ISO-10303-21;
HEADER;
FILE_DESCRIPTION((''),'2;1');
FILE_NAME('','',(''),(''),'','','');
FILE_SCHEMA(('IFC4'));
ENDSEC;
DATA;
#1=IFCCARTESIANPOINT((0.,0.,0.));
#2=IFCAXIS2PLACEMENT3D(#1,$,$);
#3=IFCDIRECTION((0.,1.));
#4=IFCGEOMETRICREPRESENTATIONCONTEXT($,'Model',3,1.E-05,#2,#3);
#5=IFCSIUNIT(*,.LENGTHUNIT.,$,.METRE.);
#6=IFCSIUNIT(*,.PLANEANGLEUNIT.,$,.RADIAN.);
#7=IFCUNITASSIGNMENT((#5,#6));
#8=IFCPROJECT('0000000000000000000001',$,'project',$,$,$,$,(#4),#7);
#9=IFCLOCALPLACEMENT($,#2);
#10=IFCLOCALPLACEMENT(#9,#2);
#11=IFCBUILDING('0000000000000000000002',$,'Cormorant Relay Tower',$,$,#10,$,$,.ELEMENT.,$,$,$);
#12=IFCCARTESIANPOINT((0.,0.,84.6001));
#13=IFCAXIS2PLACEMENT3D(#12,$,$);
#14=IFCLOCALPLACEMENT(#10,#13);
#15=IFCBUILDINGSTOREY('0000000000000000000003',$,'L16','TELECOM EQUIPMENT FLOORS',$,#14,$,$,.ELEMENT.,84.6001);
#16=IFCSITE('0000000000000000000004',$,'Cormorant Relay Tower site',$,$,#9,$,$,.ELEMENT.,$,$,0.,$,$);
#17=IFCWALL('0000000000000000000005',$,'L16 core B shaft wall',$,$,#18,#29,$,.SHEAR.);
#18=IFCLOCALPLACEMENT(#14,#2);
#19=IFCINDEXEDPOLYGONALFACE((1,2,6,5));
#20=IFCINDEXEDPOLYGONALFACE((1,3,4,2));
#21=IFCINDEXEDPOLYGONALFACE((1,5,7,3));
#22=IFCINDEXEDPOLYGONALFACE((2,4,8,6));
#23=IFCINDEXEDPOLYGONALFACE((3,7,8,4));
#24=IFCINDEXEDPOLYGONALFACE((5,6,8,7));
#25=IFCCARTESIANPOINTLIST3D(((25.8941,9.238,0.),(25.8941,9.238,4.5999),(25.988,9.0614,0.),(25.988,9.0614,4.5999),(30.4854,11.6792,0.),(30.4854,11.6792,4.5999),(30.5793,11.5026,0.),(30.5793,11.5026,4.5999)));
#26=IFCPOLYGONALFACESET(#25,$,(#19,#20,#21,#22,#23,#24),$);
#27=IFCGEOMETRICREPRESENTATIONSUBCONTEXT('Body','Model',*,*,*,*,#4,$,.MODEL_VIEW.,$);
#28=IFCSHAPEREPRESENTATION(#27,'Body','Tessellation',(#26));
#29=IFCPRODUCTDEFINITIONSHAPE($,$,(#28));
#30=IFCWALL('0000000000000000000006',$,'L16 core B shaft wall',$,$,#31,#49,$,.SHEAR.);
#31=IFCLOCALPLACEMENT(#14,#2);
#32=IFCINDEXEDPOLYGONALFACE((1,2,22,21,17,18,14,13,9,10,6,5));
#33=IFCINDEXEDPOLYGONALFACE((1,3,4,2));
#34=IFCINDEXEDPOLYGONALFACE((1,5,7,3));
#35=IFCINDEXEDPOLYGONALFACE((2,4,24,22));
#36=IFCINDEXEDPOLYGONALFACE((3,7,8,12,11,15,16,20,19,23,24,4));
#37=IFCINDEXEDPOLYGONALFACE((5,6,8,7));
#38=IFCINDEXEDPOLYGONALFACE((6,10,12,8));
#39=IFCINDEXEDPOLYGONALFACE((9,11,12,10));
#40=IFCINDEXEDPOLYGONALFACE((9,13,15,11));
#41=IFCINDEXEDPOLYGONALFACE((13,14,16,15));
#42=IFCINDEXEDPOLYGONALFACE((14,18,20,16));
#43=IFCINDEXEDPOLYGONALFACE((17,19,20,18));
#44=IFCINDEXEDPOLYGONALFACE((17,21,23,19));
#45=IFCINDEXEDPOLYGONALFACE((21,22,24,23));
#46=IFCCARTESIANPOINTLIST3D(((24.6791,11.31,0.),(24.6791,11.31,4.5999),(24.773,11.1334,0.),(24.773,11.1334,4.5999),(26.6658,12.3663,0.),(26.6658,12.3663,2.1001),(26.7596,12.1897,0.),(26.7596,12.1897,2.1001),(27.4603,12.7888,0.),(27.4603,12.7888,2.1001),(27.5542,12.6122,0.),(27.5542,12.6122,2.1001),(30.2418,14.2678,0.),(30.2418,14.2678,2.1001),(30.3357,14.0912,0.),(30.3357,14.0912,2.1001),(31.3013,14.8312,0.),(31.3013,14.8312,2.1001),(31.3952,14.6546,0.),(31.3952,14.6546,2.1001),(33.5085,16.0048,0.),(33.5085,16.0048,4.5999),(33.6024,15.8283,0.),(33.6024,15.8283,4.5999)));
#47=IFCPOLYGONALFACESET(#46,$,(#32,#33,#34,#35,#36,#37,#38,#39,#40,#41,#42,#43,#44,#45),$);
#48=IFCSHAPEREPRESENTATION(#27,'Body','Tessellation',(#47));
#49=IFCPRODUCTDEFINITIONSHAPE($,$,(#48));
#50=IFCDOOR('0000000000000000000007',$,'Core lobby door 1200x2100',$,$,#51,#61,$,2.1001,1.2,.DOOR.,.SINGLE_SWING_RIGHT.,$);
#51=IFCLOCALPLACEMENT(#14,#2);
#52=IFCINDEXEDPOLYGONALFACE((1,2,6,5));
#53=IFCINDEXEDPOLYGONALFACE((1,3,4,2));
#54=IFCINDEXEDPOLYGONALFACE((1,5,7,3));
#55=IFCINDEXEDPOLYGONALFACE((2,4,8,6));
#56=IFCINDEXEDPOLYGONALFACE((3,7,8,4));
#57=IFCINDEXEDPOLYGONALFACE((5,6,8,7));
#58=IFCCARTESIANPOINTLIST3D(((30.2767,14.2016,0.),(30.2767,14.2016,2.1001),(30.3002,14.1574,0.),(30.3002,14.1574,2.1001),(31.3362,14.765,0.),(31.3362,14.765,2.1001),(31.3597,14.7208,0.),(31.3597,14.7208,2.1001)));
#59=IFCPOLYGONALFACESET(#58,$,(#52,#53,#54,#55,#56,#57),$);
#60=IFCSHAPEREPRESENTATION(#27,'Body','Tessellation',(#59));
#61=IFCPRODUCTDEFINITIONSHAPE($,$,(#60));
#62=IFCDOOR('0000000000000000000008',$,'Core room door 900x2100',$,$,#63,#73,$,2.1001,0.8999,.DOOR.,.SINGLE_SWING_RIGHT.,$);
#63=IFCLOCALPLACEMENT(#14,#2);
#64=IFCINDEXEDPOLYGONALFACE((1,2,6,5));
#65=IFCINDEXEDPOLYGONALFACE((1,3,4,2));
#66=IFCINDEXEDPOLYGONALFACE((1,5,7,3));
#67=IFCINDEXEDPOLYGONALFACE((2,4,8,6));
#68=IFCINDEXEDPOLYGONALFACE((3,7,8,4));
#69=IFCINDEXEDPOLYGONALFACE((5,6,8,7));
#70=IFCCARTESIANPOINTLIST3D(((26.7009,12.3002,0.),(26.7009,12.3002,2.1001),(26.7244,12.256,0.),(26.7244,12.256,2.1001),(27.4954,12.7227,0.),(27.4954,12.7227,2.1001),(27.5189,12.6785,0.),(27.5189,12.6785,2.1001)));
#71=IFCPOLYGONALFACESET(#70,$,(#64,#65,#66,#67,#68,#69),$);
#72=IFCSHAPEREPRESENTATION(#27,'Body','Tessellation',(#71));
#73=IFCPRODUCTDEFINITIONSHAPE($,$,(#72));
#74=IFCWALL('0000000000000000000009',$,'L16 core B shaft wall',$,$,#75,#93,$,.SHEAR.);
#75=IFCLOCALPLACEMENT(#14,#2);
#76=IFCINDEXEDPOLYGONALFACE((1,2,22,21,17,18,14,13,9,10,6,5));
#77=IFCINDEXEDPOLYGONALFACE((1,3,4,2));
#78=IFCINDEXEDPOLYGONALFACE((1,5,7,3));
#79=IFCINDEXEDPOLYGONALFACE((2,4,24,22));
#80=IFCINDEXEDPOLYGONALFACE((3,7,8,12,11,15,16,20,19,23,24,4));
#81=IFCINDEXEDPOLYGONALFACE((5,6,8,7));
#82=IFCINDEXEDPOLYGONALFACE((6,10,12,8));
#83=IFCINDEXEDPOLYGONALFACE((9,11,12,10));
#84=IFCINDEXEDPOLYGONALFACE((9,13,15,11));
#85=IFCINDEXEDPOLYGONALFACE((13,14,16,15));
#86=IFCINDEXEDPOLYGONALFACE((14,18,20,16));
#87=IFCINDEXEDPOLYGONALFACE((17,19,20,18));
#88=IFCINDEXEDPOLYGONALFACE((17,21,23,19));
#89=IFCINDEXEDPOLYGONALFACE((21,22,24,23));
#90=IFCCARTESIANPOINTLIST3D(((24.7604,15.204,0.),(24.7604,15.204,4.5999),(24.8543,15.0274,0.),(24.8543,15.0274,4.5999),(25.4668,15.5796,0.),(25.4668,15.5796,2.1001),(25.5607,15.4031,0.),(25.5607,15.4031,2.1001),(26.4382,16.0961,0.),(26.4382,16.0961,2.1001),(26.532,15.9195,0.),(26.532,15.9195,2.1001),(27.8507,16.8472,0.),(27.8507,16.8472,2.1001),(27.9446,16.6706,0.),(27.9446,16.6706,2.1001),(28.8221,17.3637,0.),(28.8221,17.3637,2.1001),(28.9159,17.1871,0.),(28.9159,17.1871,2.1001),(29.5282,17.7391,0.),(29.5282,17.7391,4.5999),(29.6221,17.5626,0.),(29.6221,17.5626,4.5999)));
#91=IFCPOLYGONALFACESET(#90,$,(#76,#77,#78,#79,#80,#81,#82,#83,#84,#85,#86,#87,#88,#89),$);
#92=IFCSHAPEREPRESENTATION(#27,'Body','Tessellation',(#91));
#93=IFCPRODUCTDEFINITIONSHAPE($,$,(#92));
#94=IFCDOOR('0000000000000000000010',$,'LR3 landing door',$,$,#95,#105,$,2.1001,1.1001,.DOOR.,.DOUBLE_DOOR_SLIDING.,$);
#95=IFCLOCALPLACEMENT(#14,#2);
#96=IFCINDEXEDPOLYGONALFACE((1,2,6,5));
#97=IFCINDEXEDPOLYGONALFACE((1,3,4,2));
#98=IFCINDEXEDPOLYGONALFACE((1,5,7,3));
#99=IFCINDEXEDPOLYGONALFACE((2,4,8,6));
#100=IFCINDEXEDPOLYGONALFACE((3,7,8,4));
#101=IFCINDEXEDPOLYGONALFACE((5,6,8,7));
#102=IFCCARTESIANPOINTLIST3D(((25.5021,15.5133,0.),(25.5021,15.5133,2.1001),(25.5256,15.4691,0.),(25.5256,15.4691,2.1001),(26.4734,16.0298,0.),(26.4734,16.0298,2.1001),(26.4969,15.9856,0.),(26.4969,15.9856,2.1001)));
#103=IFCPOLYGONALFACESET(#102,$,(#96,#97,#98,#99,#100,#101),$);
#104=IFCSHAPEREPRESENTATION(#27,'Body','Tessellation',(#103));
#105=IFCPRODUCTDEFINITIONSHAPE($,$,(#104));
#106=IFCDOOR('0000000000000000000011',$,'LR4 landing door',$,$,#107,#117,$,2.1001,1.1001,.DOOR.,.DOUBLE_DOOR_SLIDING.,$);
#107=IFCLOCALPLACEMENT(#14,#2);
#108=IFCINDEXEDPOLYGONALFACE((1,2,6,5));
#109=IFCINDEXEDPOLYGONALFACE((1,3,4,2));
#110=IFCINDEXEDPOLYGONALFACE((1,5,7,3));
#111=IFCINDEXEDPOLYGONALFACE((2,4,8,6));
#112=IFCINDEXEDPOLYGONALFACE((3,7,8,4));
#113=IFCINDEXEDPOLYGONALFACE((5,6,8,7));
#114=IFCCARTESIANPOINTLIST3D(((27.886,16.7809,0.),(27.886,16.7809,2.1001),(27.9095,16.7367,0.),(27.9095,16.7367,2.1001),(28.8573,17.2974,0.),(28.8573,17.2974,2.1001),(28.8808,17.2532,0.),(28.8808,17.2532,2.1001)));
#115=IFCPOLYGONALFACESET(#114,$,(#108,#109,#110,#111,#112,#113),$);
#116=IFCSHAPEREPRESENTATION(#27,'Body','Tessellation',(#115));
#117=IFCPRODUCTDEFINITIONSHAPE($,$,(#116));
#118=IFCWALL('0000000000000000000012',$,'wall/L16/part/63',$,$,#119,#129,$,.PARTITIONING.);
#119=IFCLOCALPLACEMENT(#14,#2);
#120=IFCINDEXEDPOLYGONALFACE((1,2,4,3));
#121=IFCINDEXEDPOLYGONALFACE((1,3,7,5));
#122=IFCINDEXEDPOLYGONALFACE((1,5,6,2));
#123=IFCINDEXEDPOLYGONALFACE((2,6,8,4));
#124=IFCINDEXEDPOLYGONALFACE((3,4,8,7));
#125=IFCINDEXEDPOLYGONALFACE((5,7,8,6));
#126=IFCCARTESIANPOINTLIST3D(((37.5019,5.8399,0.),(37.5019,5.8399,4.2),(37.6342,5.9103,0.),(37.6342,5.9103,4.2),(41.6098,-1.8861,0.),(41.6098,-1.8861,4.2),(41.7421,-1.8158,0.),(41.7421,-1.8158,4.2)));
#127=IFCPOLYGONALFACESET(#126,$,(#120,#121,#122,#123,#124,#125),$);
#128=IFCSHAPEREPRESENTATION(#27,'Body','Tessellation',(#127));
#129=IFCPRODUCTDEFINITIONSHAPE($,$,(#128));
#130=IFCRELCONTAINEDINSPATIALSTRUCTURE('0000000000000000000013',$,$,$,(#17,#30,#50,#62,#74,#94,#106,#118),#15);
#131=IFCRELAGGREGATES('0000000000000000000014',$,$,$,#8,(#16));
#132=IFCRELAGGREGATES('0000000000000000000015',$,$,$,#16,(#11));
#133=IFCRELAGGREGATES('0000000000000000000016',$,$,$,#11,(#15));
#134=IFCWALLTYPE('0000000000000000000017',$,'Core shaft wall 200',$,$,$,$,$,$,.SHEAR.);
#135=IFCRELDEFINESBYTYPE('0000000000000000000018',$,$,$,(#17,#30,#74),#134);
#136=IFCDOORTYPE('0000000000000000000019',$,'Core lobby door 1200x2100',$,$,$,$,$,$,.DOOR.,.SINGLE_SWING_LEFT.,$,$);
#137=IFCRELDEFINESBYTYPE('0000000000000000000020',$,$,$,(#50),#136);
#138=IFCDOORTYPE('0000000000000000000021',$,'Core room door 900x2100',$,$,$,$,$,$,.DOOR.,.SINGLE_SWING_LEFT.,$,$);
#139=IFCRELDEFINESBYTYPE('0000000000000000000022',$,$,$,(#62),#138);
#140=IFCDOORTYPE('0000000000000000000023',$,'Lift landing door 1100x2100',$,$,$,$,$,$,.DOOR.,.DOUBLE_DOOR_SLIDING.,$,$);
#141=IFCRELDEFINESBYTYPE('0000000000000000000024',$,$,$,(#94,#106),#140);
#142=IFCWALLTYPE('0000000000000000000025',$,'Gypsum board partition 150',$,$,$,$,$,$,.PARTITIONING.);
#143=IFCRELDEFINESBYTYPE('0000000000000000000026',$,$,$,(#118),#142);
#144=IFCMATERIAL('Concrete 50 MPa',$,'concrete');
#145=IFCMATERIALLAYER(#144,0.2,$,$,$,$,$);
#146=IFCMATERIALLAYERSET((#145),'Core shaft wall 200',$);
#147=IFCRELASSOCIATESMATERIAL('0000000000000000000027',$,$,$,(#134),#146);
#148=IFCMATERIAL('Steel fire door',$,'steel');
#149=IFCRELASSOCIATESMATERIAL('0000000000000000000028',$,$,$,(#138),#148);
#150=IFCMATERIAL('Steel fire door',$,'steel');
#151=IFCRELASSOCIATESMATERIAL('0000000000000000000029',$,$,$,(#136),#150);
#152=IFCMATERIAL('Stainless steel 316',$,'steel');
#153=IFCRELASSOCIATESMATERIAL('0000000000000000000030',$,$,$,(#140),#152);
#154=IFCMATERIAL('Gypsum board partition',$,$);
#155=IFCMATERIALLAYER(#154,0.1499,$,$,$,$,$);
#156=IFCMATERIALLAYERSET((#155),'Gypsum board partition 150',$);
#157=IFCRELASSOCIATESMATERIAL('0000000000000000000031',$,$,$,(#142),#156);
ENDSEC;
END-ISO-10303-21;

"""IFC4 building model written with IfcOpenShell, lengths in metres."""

from ifc_helpers import new_model, si_unit, direction, frame, frame_2d, origin, place, context, subcontext, project, spatial, rectangle, extrude, material, layer, layer_set, type_object, element, fill, save


model = new_model("IFC4")

# Units and contexts
model_context = context("Model", 3, precision=1e-05, world=origin(), true_north=direction((0.0, 1.0)))
body_context = subcontext(model_context, "Body", "Model", "MODEL_VIEW")
ifc_project = project(units=[si_unit("LENGTHUNIT", "METRE"), si_unit("PLANEANGLEUNIT", "RADIAN")], contexts=[model_context])

# Site, building, storey
site_placement = place(None, origin())
site = spatial("IfcSite", under=ifc_project, at=site_placement, Name="Cormorant Relay Tower site", CompositionType="ELEMENT", RefElevation=0.0)
building_placement = place(site_placement, origin())
building = spatial("IfcBuilding", under=site, at=building_placement, Name="Cormorant Relay Tower", CompositionType="ELEMENT")
storey_placement = place(building_placement, frame((0.0, 0.0, 84.6001)))
storey = spatial("IfcBuildingStorey", under=building, at=storey_placement, Name="L16", Description="TELECOM EQUIPMENT FLOORS", CompositionType="ELEMENT", Elevation=84.6001)

# Shared definitions
ifc_material_1 = material(Name="Concrete 50 MPa", Category="concrete")
ifc_layer_1 = layer(ifc_material_1, 0.2)
ifc_layer_set_1 = layer_set([ifc_layer_1], Name="Core shaft wall 200")
wall_type_1 = type_object("IfcWallType", Name="Core shaft wall 200", PredefinedType="SHEAR", material=ifc_layer_set_1)
ifc_material_2 = material(Name="Steel fire door", Category="steel")
door_type_1 = type_object("IfcDoorType", Name="Core room door 900x2100", OperationType="SINGLE_SWING_LEFT", PredefinedType="DOOR", material=ifc_material_2)

# Wall
wall_1_placement = place(storey_placement, frame((25.9409, 9.1497, 0.0), z_axis=(0.0, 0.0, 1.0), x_axis=(0.882954, 0.46946, 0.0)))
element("IfcWall", 1, at=wall_1_placement, inside=storey, type_object=wall_type_1, Name="L16 core B shaft wall", PredefinedType="SHEAR", context=body_context, shape_type="SweptSolid", body=[
    extrude(rectangle(XDim=5.2, YDim=0.2, at=frame_2d((2.6001, 0.0))), origin(), (0.0, 0.0, 1.0), 4.5999),
])

# Walls, openings, doors
wall_2_placement = place(storey_placement, frame((24.7261, 11.2217, 0.0), z_axis=(0.0, 0.0, 1.0), x_axis=(0.88294, 0.469485, 0.0)))
wall_2 = element("IfcWall", 2, at=wall_2_placement, inside=storey, type_object=wall_type_1, Name="L16 core B shaft wall", PredefinedType="SHEAR", context=body_context, shape_type="SweptSolid", body=[
    extrude(rectangle(XDim=10.0, YDim=0.2, at=frame_2d((5.0, 0.0))), origin(), (0.0, 0.0, 1.0), 4.5999),
])
opening_1_placement = place(wall_2_placement, frame((6.3, 0.0, 0.0)))
opening_1 = element("IfcOpeningElement", 3, at=opening_1_placement, cuts=wall_2, PredefinedType="OPENING", context=body_context, shape_type="SweptSolid", body=[
    extrude(rectangle(XDim=1.2, YDim=2.1001, at=frame_2d((0.6001, 1.05))), frame((0.0, 0.1099, 0.0), z_axis=(0.0, -1.0, 0.0), x_axis=(1.0, 0.0, 0.0)), (0.0, 0.0, 1.0), 0.22),
])
opening_2_placement = place(wall_2_placement, frame((2.25, 0.0, 0.0)))
opening_2 = element("IfcOpeningElement", 4, at=opening_2_placement, cuts=wall_2, PredefinedType="OPENING", context=body_context, shape_type="SweptSolid", body=[
    extrude(rectangle(XDim=0.8999, YDim=2.1001, at=frame_2d((0.45, 1.05))), frame((0.0, 0.1099, 0.0), z_axis=(0.0, -1.0, 0.0), x_axis=(1.0, 0.0, 0.0)), (0.0, 0.0, 1.0), 0.22),
])
ifc_material_3 = material(Name="Steel fire door", Category="steel")
door_type_2 = type_object("IfcDoorType", Name="Core lobby door 1200x2100", OperationType="SINGLE_SWING_LEFT", PredefinedType="DOOR", material=ifc_material_3)
door_1_placement = place(opening_1_placement, frame((1.2, 0.0, 0.0), z_axis=(0.0, 0.0, 1.0), x_axis=(-1.0, 0.0, 0.0)))
door_1 = element("IfcDoor", 5, at=door_1_placement, inside=storey, type_object=door_type_2, Name="Core lobby door 1200x2100", OperationType="SINGLE_SWING_RIGHT", OverallHeight=2.1001, OverallWidth=1.2, PredefinedType="DOOR", context=body_context, shape_type="SweptSolid", body=[
    extrude(rectangle(XDim=1.2, YDim=2.1001, at=frame_2d((0.6001, 1.05))), frame((0.0, 0.0249, 0.0), z_axis=(0.0, -1.0, 0.0), x_axis=(1.0, 0.0, 0.0)), (0.0, 0.0, 1.0), 0.05),
])
fill(opening_1, door_1)
door_2_placement = place(opening_2_placement, frame((0.8999, 0.0, 0.0), z_axis=(0.0, 0.0, 1.0), x_axis=(-1.0, 0.0, 0.0)))
door_2 = element("IfcDoor", 6, at=door_2_placement, inside=storey, type_object=door_type_1, Name="Core room door 900x2100", OperationType="SINGLE_SWING_RIGHT", OverallHeight=2.1001, OverallWidth=0.8999, PredefinedType="DOOR", context=body_context, shape_type="SweptSolid", body=[
    extrude(rectangle(XDim=0.8999, YDim=2.1001, at=frame_2d((0.45, 1.05))), frame((0.0, 0.0249, 0.0), z_axis=(0.0, -1.0, 0.0), x_axis=(1.0, 0.0, 0.0)), (0.0, 0.0, 1.0), 0.05),
])
fill(opening_2, door_2)
wall_3_placement = place(storey_placement, frame((24.8074, 15.1157, 0.0), z_axis=(0.0, 0.0, 1.0), x_axis=(0.882943, 0.46948, 0.0)))
wall_3 = element("IfcWall", 7, at=wall_3_placement, inside=storey, type_object=wall_type_1, Name="L16 core B shaft wall", PredefinedType="SHEAR", context=body_context, shape_type="SweptSolid", body=[
    extrude(rectangle(XDim=5.3999, YDim=0.2, at=frame_2d((2.7, 0.0))), origin(), (0.0, 0.0, 1.0), 4.5999),
])
opening_3_placement = place(wall_3_placement, frame((0.8, 0.0, 0.0)))
opening_3 = element("IfcOpeningElement", 8, at=opening_3_placement, cuts=wall_3, PredefinedType="OPENING", context=body_context, shape_type="SweptSolid", body=[
    extrude(rectangle(XDim=1.1001, YDim=2.1001, at=frame_2d((0.55, 1.05))), frame((0.0, 0.1099, 0.0), z_axis=(0.0, -1.0, 0.0), x_axis=(1.0, 0.0, 0.0)), (0.0, 0.0, 1.0), 0.22),
])
opening_4_placement = place(wall_3_placement, frame((3.5, 0.0, 0.0)))
opening_4 = element("IfcOpeningElement", 9, at=opening_4_placement, cuts=wall_3, PredefinedType="OPENING", context=body_context, shape_type="SweptSolid", body=[
    extrude(rectangle(XDim=1.1001, YDim=2.1001, at=frame_2d((0.55, 1.05))), frame((0.0, 0.1099, 0.0), z_axis=(0.0, -1.0, 0.0), x_axis=(1.0, 0.0, 0.0)), (0.0, 0.0, 1.0), 0.22),
])
ifc_material_4 = material(Name="Stainless steel 316", Category="steel")
door_type_3 = type_object("IfcDoorType", Name="Lift landing door 1100x2100", OperationType="DOUBLE_DOOR_SLIDING", PredefinedType="DOOR", material=ifc_material_4)
door_3_placement = place(opening_3_placement, origin())
door_3 = element("IfcDoor", 10, at=door_3_placement, inside=storey, type_object=door_type_3, Name="LR3 landing door", OperationType="DOUBLE_DOOR_SLIDING", OverallHeight=2.1001, OverallWidth=1.1001, PredefinedType="DOOR", context=body_context, shape_type="SweptSolid", body=[
    extrude(rectangle(XDim=1.1001, YDim=2.1001, at=frame_2d((0.55, 1.05))), frame((0.0, 0.0249, 0.0), z_axis=(0.0, -1.0, 0.0), x_axis=(1.0, 0.0, 0.0)), (0.0, 0.0, 1.0), 0.05),
])
fill(opening_3, door_3)
door_4_placement = place(opening_4_placement, origin())
door_4 = element("IfcDoor", 11, at=door_4_placement, inside=storey, type_object=door_type_3, Name="LR4 landing door", OperationType="DOUBLE_DOOR_SLIDING", OverallHeight=2.1001, OverallWidth=1.1001, PredefinedType="DOOR", context=body_context, shape_type="SweptSolid", body=[
    extrude(rectangle(XDim=1.1001, YDim=2.1001, at=frame_2d((0.55, 1.05))), frame((0.0, 0.0249, 0.0), z_axis=(0.0, -1.0, 0.0), x_axis=(1.0, 0.0, 0.0)), (0.0, 0.0, 1.0), 0.05),
])
fill(opening_4, door_4)

# Wall
ifc_material_5 = material(Name="Gypsum board partition")
ifc_layer_2 = layer(ifc_material_5, 0.1499)
ifc_layer_set_2 = layer_set([ifc_layer_2], Name="Gypsum board partition 150")
wall_type_2 = type_object("IfcWallType", Name="Gypsum board partition 150", PredefinedType="PARTITIONING", material=ifc_layer_set_2)
wall_4_placement = place(storey_placement, frame((37.5681, 5.875, 0.0), z_axis=(0.0, 0.0, 1.0), x_axis=(0.469461, -0.882953, 0.0)))
element("IfcWall", 12, at=wall_4_placement, inside=storey, type_object=wall_type_2, Name="wall/L16/part/63", PredefinedType="PARTITIONING", context=body_context, shape_type="SweptSolid", body=[
    extrude(rectangle(XDim=8.7502, YDim=0.1499, at=frame_2d((4.375, 0.0))), origin(), (0.0, 0.0, 1.0), 4.2),
])

save(model, "model.ifc")
